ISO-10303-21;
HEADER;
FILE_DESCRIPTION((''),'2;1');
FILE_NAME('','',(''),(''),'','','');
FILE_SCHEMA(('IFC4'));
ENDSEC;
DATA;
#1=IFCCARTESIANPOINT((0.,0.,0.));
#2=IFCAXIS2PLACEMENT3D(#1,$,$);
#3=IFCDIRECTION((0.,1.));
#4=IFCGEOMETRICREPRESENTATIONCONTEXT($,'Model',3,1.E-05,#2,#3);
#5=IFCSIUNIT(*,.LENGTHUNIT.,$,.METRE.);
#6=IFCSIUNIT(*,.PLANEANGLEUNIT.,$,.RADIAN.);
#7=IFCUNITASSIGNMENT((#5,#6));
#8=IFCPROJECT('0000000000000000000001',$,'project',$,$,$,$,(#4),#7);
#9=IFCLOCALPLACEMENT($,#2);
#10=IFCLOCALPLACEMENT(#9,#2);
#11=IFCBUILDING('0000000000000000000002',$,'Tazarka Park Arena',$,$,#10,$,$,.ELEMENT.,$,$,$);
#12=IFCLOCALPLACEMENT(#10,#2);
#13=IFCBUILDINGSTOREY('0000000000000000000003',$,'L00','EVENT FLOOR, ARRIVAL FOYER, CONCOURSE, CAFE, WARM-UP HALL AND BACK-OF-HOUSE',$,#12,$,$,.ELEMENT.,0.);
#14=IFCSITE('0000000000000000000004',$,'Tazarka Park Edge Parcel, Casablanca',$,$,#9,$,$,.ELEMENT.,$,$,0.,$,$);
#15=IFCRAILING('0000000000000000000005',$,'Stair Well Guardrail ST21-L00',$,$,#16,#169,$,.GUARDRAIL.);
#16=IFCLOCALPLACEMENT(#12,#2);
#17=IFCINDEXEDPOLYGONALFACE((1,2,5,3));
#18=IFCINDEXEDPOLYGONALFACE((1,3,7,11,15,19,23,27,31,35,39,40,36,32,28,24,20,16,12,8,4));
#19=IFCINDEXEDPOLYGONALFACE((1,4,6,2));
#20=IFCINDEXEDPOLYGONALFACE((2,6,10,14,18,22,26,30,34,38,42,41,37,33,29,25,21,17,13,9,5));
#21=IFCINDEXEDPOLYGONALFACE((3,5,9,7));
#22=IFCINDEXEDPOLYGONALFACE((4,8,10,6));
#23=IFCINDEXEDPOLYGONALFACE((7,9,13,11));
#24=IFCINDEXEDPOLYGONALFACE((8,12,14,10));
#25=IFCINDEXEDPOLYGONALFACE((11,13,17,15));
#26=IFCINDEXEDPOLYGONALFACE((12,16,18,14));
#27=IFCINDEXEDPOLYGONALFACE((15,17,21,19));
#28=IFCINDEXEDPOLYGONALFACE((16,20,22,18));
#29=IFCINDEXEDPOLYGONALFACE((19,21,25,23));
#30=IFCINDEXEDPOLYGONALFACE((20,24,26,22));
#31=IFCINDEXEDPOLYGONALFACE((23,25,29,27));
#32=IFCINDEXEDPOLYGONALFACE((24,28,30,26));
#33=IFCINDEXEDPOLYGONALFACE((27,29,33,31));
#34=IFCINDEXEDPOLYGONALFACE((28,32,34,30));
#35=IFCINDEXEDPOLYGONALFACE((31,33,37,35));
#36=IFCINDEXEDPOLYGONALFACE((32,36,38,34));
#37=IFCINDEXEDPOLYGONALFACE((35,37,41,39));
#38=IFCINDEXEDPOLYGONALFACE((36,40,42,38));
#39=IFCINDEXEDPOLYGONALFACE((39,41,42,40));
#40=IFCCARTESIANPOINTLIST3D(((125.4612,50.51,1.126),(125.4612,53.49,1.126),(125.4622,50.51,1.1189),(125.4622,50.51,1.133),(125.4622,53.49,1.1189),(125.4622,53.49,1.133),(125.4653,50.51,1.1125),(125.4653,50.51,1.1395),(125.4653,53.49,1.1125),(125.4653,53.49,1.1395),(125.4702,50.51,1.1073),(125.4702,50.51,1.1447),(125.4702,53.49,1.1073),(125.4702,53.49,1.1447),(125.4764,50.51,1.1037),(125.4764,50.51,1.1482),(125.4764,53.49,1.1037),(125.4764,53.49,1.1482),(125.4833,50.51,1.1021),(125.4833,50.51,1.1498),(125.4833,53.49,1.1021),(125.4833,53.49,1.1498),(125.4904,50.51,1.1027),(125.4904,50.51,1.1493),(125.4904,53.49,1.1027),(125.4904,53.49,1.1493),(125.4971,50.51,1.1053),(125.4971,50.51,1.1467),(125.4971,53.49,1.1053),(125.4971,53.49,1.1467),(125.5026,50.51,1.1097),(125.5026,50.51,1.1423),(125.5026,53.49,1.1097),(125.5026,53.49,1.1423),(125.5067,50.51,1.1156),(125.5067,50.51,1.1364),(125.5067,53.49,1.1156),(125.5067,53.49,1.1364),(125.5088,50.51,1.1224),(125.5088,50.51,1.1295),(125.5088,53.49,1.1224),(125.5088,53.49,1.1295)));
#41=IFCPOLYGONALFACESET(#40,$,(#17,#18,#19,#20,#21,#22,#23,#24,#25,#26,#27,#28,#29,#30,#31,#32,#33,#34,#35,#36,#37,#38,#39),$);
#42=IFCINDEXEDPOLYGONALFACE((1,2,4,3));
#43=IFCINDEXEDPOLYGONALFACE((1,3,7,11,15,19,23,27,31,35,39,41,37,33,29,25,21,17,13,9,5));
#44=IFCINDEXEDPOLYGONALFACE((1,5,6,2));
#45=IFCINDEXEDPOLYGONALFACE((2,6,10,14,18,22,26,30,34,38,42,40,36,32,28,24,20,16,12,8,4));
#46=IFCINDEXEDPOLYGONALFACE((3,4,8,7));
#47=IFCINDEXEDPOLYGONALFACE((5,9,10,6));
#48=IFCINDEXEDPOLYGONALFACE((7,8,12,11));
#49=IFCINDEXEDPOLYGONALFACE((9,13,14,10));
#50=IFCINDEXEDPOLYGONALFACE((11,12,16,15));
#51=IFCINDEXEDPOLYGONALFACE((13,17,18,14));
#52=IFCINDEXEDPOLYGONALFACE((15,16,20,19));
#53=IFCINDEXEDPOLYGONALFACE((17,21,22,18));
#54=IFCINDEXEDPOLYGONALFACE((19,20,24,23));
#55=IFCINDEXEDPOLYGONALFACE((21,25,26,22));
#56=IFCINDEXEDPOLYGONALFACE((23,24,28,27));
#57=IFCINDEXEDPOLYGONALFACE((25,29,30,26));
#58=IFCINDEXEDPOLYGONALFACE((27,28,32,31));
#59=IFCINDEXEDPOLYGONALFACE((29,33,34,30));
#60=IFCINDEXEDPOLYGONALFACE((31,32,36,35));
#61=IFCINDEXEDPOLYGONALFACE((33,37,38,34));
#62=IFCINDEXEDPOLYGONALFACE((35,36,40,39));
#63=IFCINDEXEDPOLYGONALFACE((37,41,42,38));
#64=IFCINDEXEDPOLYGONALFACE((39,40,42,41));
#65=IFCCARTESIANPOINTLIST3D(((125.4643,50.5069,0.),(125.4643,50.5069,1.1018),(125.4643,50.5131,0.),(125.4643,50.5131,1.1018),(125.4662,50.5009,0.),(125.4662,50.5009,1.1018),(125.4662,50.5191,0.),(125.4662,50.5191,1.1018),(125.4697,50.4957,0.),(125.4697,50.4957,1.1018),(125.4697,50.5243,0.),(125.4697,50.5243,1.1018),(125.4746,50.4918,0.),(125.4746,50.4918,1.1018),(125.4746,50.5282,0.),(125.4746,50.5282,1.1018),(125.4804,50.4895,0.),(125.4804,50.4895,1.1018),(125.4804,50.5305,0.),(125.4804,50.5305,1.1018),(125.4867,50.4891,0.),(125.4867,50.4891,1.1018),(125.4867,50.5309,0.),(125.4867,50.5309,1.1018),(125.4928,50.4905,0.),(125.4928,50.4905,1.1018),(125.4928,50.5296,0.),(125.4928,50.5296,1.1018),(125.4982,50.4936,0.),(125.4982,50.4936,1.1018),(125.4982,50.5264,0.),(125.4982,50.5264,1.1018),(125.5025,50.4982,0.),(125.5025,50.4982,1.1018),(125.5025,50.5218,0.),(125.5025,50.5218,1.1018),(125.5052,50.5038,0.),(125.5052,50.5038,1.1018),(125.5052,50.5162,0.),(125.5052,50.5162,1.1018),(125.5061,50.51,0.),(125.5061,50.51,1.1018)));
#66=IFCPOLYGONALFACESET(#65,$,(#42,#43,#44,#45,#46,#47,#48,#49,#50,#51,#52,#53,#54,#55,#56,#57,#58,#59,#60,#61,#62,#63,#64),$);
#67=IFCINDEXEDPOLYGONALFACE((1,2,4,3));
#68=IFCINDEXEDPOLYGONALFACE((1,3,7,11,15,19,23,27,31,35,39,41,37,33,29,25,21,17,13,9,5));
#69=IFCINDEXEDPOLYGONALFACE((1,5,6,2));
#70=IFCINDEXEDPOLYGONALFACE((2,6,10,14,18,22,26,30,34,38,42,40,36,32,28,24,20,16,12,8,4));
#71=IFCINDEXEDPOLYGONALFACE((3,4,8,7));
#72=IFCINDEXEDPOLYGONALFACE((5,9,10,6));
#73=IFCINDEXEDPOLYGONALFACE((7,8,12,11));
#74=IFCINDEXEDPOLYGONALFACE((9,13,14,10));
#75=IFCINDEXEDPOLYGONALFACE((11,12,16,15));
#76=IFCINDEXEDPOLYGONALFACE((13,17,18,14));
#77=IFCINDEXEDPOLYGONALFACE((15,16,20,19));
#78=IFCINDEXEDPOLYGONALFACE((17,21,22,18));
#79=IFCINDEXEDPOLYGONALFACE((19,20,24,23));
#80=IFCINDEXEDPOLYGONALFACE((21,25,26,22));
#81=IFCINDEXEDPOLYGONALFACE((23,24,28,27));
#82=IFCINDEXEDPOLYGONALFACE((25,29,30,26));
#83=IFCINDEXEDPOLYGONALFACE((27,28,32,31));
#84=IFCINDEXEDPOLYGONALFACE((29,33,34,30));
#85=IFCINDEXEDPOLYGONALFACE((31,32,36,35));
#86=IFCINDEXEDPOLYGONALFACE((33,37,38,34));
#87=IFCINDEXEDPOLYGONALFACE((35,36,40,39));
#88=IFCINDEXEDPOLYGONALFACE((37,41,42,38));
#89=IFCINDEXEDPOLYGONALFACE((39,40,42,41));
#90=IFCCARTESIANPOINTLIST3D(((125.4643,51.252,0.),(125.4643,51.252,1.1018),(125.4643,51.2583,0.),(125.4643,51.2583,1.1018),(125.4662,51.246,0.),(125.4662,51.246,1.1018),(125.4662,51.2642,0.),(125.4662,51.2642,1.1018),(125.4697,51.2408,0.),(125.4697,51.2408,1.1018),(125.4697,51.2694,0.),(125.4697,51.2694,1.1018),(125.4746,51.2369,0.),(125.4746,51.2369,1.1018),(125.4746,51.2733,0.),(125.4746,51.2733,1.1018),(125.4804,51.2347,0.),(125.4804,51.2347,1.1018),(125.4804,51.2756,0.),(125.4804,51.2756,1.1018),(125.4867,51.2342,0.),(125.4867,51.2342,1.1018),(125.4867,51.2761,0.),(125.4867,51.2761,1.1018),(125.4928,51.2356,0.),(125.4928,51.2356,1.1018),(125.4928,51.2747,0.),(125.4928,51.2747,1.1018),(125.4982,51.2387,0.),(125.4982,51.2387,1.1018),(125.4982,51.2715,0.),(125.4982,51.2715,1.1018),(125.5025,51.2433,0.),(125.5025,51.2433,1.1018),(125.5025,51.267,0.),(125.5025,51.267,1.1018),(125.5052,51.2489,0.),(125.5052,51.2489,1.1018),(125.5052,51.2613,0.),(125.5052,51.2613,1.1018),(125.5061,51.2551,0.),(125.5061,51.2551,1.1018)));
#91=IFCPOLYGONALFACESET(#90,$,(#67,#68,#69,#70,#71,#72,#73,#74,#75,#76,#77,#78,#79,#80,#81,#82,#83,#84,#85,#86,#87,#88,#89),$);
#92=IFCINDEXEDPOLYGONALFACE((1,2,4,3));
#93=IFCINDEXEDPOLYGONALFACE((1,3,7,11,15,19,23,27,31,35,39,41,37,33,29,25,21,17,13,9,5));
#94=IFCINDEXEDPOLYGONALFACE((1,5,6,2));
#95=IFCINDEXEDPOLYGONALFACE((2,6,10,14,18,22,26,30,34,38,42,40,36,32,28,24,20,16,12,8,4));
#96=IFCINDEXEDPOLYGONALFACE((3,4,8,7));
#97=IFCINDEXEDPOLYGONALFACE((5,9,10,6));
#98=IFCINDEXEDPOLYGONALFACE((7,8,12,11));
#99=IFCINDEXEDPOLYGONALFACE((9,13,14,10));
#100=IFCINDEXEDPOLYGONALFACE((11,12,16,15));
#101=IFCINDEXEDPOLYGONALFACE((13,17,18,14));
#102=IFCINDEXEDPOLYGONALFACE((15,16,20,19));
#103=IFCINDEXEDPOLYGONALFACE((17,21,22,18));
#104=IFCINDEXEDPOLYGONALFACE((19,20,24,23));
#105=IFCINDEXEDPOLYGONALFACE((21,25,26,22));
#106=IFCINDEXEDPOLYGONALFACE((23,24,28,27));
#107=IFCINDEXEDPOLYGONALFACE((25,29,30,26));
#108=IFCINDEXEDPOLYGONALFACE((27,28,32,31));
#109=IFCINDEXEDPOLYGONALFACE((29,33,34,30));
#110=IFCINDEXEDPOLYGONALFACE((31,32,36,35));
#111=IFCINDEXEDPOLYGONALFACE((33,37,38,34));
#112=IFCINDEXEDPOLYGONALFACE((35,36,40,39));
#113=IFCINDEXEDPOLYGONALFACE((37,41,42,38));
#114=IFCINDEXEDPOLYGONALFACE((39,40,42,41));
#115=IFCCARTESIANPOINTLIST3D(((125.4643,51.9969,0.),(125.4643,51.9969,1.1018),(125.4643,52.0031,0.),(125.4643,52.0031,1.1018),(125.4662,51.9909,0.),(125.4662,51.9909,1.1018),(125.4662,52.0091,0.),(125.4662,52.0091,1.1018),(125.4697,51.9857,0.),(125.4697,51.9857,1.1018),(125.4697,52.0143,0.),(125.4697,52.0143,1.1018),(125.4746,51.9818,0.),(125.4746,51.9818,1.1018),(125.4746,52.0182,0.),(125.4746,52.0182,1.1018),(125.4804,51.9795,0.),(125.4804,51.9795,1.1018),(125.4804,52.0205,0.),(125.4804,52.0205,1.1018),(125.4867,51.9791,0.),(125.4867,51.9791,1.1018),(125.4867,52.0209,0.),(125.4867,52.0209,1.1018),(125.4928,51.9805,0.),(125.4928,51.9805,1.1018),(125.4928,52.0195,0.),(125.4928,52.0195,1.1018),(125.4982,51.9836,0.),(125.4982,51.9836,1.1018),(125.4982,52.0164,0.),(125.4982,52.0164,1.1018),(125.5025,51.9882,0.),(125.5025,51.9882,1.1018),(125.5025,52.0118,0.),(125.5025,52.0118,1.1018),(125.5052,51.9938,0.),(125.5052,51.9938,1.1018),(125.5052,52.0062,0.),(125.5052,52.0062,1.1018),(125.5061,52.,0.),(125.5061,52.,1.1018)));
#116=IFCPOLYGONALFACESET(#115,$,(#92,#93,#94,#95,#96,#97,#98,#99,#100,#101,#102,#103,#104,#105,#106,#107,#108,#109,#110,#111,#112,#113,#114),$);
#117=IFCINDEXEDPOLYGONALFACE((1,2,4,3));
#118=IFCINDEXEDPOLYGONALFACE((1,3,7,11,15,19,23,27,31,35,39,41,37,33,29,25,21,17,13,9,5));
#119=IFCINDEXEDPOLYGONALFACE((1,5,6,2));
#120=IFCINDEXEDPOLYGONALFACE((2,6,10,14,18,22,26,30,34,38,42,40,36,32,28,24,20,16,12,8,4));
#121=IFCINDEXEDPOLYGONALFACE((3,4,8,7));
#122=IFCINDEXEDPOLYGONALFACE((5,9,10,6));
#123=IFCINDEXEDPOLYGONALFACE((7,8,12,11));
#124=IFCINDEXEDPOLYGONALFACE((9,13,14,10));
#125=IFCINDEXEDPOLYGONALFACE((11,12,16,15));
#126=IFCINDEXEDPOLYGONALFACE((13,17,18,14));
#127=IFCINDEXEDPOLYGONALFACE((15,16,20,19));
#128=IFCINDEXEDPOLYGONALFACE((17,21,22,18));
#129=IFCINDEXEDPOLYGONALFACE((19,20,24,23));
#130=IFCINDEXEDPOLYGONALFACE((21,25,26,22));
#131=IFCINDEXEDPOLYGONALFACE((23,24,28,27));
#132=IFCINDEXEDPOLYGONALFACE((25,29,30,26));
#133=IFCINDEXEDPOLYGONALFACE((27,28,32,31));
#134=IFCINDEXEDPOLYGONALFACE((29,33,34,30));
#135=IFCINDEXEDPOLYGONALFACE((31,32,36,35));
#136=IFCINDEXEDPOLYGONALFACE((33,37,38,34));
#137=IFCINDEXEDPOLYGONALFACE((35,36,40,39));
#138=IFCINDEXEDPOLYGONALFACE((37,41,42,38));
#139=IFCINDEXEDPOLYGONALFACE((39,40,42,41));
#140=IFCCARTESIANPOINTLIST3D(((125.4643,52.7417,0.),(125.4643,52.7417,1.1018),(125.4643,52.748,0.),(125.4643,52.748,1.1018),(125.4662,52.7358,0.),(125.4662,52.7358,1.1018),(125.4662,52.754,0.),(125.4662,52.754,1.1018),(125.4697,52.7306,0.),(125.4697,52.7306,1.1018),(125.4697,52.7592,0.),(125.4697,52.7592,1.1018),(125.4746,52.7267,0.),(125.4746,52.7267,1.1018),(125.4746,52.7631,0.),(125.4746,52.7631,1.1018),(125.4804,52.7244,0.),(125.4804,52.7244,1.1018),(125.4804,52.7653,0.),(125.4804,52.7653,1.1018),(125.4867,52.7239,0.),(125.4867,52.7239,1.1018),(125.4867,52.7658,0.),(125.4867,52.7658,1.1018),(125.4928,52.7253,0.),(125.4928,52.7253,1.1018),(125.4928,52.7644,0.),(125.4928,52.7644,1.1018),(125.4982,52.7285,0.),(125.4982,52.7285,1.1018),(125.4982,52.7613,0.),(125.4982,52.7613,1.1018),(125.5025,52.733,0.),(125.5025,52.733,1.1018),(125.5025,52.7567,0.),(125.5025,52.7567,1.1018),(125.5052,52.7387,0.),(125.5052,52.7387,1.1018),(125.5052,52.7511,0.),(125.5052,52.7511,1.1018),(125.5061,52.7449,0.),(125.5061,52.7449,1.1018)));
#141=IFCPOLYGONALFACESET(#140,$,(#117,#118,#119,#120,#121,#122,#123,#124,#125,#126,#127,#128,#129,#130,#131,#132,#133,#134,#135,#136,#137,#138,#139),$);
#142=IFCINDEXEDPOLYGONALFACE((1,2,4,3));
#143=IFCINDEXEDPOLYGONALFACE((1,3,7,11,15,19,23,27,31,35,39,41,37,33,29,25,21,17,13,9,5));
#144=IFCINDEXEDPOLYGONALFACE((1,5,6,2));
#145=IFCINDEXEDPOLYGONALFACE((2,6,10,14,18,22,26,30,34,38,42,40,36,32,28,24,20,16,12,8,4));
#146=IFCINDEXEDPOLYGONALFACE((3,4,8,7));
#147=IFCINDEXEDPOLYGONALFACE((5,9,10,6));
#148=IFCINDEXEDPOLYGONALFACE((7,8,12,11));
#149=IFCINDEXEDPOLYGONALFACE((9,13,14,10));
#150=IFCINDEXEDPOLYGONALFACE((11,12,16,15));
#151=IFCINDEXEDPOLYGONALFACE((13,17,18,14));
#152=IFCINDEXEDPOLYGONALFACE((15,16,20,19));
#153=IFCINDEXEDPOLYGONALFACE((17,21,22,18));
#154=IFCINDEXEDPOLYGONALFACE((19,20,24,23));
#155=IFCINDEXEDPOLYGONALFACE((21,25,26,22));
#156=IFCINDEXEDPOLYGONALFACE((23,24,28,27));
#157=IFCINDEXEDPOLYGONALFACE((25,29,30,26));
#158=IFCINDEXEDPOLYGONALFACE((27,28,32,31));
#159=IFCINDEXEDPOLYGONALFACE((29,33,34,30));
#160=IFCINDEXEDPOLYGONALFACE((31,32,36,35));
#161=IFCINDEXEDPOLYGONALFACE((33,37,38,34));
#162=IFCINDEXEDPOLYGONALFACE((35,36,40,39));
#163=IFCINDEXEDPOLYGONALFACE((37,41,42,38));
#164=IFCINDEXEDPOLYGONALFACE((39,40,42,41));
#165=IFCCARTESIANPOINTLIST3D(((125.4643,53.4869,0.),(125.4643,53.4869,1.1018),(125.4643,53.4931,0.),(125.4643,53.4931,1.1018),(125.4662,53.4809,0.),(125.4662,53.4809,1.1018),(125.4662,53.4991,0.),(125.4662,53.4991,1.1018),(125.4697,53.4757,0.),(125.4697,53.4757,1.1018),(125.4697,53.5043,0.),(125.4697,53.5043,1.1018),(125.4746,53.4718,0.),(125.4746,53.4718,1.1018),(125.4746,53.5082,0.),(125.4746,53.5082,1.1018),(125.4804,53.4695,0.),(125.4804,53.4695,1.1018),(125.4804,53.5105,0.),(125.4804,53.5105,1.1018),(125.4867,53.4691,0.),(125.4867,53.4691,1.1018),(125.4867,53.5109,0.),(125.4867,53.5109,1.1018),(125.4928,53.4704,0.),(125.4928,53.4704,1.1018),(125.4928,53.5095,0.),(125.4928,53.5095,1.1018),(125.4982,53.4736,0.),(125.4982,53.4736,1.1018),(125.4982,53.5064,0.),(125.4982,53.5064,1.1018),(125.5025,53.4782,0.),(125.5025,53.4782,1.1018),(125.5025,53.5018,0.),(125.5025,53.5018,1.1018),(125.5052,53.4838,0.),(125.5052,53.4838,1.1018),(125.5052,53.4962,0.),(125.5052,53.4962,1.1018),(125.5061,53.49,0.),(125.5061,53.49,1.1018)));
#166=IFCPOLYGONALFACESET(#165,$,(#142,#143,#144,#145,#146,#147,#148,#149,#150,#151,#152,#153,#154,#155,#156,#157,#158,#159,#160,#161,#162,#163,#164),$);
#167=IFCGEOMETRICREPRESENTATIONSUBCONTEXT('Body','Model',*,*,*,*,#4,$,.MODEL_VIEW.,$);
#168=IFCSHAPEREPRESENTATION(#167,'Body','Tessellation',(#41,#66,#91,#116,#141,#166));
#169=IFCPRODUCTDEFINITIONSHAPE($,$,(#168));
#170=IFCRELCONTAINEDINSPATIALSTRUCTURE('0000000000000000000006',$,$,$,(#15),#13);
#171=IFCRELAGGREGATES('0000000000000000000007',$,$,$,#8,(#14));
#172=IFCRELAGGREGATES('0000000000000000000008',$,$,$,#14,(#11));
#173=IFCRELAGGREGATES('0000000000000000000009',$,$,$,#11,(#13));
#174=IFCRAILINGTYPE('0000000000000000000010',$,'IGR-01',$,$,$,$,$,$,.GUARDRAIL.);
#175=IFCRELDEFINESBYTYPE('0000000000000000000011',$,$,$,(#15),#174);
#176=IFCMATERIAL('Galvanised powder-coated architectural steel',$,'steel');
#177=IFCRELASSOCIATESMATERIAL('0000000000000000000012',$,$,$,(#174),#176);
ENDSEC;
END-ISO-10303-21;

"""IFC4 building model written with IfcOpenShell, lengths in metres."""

from ifc_helpers import new_model, si_unit, direction, frame, origin, origin_2d, place, context, subcontext, project, spatial, circle, extrude, material, type_object, element, save


model = new_model("IFC4")

# Units and contexts
model_context = context("Model", 3, precision=1e-05, world=origin(), true_north=direction((0.0, 1.0)))
body_context = subcontext(model_context, "Body", "Model", "MODEL_VIEW")
ifc_project = project(units=[si_unit("LENGTHUNIT", "METRE"), si_unit("PLANEANGLEUNIT", "RADIAN")], contexts=[model_context])

# Site, building, storey
site_placement = place(None, origin())
site = spatial("IfcSite", under=ifc_project, at=site_placement, Name="Tazarka Park Edge Parcel, Casablanca", CompositionType="ELEMENT", RefElevation=0.0)
building_placement = place(site_placement, origin())
building = spatial("IfcBuilding", under=site, at=building_placement, Name="Tazarka Park Arena", CompositionType="ELEMENT")
storey_placement = place(building_placement, origin())
storey = spatial("IfcBuildingStorey", under=building, at=storey_placement, Name="L00", Description="EVENT FLOOR, ARRIVAL FOYER, CONCOURSE, CAFE, WARM-UP HALL AND BACK-OF-HOUSE", CompositionType="ELEMENT", Elevation=0.0)

# Railing
ifc_material_1 = material(Name="Galvanised powder-coated architectural steel", Category="steel")
railing_type_1 = type_object("IfcRailingType", Name="IGR-01", PredefinedType="GUARDRAIL", material=ifc_material_1)
for number, where, name in (
    (1, (125.4851, 50.51, 0.0), "Stair Well Guardrail ST21-L00"),
):
    element("IfcRailing", number, at=place(storey_placement, frame(where)), inside=storey, type_object=railing_type_1, Name=name, PredefinedType="GUARDRAIL", context=body_context, shape_type="SweptSolid", body=[
        extrude(circle(Radius=0.0239, at=origin_2d()), frame((0.0, 0.0, 1.126), z_axis=(0.0, 1.0, 0.0), x_axis=(-1.0, 0.0, 0.0)), (0.0, 0.0, 1.0), 2.98),
        extrude(circle(Radius=0.021, at=origin_2d()), origin(), (0.0, 0.0, 1.0), 1.1018),
        extrude(circle(Radius=0.021, at=origin_2d()), frame((0.0, 0.7451, 0.0)), (0.0, 0.0, 1.0), 1.1018),
        extrude(circle(Radius=0.021, at=origin_2d()), frame((0.0, 1.49, 0.0)), (0.0, 0.0, 1.0), 1.1018),
        extrude(circle(Radius=0.021, at=origin_2d()), frame((0.0, 2.2349, 0.0)), (0.0, 0.0, 1.0), 1.1018),
        extrude(circle(Radius=0.021, at=origin_2d()), frame((0.0, 2.98, 0.0)), (0.0, 0.0, 1.0), 1.1018),
    ])

save(model, "model.ifc")
